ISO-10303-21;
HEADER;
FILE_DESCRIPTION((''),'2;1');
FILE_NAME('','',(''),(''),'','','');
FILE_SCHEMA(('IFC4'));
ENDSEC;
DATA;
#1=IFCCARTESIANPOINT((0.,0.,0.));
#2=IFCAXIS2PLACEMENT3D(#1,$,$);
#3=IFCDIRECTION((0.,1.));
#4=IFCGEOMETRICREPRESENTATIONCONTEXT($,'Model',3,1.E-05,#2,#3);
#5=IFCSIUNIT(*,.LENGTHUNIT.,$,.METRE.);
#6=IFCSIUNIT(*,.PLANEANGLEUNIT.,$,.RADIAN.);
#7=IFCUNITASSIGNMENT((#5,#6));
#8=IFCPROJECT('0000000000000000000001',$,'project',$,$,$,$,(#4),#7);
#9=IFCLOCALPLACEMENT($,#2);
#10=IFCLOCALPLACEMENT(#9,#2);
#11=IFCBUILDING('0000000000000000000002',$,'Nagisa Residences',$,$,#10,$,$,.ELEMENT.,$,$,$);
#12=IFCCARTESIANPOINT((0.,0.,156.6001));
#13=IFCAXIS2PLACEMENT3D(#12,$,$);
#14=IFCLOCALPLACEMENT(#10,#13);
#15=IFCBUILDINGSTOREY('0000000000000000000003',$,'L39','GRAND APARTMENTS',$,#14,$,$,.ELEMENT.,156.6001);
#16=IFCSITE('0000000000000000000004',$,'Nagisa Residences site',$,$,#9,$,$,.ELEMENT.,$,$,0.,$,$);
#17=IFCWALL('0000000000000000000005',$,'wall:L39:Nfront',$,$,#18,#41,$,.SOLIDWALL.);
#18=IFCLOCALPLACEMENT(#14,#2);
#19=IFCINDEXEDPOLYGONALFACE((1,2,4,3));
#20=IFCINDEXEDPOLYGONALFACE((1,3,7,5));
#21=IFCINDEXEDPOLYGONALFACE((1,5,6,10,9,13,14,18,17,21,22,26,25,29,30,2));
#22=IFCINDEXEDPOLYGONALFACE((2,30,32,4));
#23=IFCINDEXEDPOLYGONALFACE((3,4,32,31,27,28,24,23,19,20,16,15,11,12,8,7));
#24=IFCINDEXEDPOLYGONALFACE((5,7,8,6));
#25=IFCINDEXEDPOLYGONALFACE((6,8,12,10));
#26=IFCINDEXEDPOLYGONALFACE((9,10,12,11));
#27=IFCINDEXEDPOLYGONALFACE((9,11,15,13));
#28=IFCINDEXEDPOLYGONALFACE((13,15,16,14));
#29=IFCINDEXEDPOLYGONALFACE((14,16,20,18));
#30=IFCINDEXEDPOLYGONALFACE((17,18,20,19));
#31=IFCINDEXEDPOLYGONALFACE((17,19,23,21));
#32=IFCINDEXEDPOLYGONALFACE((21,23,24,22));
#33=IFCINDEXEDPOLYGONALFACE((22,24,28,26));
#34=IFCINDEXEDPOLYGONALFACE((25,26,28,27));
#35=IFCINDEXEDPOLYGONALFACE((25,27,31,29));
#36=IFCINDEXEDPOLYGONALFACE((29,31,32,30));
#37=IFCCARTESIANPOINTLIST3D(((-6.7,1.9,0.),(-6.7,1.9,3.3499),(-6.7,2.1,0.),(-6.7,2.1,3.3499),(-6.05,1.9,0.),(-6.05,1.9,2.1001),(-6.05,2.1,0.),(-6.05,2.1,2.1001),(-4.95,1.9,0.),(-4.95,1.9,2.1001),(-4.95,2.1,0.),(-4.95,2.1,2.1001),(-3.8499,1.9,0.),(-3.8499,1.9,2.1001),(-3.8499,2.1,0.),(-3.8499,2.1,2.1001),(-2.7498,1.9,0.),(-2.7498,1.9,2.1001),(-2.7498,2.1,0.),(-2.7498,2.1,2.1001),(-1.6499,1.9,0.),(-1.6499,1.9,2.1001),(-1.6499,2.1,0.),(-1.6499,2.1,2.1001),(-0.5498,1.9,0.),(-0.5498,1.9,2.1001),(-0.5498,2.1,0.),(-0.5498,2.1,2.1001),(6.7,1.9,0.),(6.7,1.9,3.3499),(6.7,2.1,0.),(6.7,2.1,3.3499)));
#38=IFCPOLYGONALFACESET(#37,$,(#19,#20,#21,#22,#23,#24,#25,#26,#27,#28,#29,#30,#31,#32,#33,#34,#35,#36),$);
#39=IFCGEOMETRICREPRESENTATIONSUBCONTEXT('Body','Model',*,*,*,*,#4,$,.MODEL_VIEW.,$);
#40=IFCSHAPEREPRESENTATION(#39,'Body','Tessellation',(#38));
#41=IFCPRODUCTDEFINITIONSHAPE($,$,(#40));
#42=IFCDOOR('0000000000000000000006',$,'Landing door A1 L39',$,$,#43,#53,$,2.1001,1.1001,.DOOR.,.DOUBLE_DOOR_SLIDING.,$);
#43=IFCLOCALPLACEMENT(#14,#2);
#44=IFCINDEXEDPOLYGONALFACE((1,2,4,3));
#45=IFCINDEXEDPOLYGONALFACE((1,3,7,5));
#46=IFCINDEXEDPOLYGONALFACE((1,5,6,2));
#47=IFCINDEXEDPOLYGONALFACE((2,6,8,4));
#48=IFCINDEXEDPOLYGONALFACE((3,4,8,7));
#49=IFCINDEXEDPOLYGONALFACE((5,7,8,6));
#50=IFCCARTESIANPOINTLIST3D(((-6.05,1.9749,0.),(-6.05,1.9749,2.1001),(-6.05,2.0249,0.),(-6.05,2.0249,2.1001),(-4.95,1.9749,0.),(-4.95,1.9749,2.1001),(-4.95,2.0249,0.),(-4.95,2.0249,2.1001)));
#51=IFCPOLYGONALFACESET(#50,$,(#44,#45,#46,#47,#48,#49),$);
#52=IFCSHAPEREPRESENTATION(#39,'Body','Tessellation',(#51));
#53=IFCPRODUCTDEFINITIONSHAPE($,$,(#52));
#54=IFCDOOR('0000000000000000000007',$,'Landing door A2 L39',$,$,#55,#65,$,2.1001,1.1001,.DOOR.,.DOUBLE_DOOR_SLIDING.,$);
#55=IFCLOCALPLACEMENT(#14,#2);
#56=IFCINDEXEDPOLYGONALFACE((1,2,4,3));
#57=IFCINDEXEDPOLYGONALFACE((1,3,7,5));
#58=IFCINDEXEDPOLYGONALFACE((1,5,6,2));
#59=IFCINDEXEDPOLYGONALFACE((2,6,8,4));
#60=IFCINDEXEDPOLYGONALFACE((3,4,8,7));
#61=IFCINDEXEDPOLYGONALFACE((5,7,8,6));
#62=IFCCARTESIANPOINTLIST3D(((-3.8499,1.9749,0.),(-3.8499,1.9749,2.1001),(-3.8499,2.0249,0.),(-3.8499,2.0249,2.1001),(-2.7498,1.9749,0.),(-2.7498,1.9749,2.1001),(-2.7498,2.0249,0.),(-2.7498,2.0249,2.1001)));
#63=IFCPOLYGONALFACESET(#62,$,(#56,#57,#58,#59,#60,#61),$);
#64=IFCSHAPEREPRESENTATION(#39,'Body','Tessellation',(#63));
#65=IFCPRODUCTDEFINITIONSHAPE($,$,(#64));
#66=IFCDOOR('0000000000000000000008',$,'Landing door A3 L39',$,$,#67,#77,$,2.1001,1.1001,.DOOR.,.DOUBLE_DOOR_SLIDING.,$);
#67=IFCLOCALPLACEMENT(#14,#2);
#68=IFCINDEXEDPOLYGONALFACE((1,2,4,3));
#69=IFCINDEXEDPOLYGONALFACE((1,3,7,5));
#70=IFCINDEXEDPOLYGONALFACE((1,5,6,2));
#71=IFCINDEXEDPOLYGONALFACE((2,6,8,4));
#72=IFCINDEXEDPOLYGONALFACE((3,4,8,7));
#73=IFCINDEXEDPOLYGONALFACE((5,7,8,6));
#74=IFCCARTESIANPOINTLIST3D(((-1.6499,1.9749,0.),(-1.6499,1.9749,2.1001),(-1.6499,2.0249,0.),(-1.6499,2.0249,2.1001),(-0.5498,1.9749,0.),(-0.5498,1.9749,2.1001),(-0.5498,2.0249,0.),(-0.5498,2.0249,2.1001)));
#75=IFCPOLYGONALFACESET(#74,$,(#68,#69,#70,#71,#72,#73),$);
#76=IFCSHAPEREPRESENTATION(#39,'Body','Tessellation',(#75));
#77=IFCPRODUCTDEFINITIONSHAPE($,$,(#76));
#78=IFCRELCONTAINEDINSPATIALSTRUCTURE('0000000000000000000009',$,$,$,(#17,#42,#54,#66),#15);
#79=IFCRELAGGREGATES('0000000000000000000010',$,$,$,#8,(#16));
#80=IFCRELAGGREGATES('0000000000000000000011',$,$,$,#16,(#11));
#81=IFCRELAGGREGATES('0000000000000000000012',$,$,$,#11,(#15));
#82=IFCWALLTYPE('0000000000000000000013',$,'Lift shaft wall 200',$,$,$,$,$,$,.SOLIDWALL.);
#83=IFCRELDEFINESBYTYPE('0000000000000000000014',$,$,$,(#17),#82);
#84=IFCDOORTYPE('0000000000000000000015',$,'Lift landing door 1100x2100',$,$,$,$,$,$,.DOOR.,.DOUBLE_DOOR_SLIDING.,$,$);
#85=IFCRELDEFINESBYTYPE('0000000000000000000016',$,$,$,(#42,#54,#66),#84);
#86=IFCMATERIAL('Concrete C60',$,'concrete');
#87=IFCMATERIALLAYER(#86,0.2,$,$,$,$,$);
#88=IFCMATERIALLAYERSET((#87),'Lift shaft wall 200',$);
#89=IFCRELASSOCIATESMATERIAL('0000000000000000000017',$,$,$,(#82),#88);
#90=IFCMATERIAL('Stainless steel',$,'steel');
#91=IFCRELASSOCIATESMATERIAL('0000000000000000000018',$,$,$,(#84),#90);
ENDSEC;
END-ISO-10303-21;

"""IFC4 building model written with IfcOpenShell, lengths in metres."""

from ifc_helpers import new_model, si_unit, direction, frame, frame_2d, origin, place, context, subcontext, project, spatial, rectangle, extrude, material, layer, layer_set, type_object, element, fill, save


model = new_model("IFC4")

# Units and contexts
model_context = context("Model", 3, precision=1e-05, world=origin(), true_north=direction((0.0, 1.0)))
body_context = subcontext(model_context, "Body", "Model", "MODEL_VIEW")
ifc_project = project(units=[si_unit("LENGTHUNIT", "METRE"), si_unit("PLANEANGLEUNIT", "RADIAN")], contexts=[model_context])

# Site, building, storey
site_placement = place(None, origin())
site = spatial("IfcSite", under=ifc_project, at=site_placement, Name="Nagisa Residences site", CompositionType="ELEMENT", RefElevation=0.0)
building_placement = place(site_placement, origin())
building = spatial("IfcBuilding", under=site, at=building_placement, Name="Nagisa Residences", CompositionType="ELEMENT")
storey_placement = place(building_placement, frame((0.0, 0.0, 156.6001)))
storey = spatial("IfcBuildingStorey", under=building, at=storey_placement, Name="L39", Description="GRAND APARTMENTS", CompositionType="ELEMENT", Elevation=156.6001)

# Wall, openings, doors
ifc_material_1 = material(Name="Concrete C60", Category="concrete")
ifc_layer_1 = layer(ifc_material_1, 0.2)
ifc_layer_set_1 = layer_set([ifc_layer_1], Name="Lift shaft wall 200")
wall_type_1 = type_object("IfcWallType", Name="Lift shaft wall 200", PredefinedType="SOLIDWALL", material=ifc_layer_set_1)
wall_1_placement = place(storey_placement, frame((-6.7, 2.0, 0.0), z_axis=(0.0, 0.0, 1.0), x_axis=(1.0, 0.0, 0.0)))
wall_1 = element("IfcWall", 1, at=wall_1_placement, inside=storey, type_object=wall_type_1, Name="wall:L39:Nfront", PredefinedType="SOLIDWALL", context=body_context, shape_type="SweptSolid", body=[
    extrude(rectangle(XDim=13.3999, YDim=0.2, at=frame_2d((6.7, 0.0))), origin(), (0.0, 0.0, 1.0), 3.3499),
])
opening_1_placement = place(wall_1_placement, frame((0.6499, 0.0, 0.0)))
opening_1 = element("IfcOpeningElement", 2, at=opening_1_placement, cuts=wall_1, PredefinedType="OPENING", context=body_context, shape_type="SweptSolid", body=[
    extrude(rectangle(XDim=1.1001, YDim=2.1001, at=frame_2d((0.55, 1.05))), frame((0.0, 0.1099, 0.0), z_axis=(0.0, -1.0, 0.0), x_axis=(1.0, 0.0, 0.0)), (0.0, 0.0, 1.0), 0.22),
])
opening_2_placement = place(wall_1_placement, frame((2.8501, 0.0, 0.0)))
opening_2 = element("IfcOpeningElement", 3, at=opening_2_placement, cuts=wall_1, PredefinedType="OPENING", context=body_context, shape_type="SweptSolid", body=[
    extrude(rectangle(XDim=1.1001, YDim=2.1001, at=frame_2d((0.55, 1.05))), frame((0.0, 0.1099, 0.0), z_axis=(0.0, -1.0, 0.0), x_axis=(1.0, 0.0, 0.0)), (0.0, 0.0, 1.0), 0.22),
])
opening_3_placement = place(wall_1_placement, frame((5.05, 0.0, 0.0)))
opening_3 = element("IfcOpeningElement", 4, at=opening_3_placement, cuts=wall_1, PredefinedType="OPENING", context=body_context, shape_type="SweptSolid", body=[
    extrude(rectangle(XDim=1.1001, YDim=2.1001, at=frame_2d((0.55, 1.05))), frame((0.0, 0.1099, 0.0), z_axis=(0.0, -1.0, 0.0), x_axis=(1.0, 0.0, 0.0)), (0.0, 0.0, 1.0), 0.22),
])
ifc_material_2 = material(Name="Stainless steel", Category="steel")
door_type_1 = type_object("IfcDoorType", Name="Lift landing door 1100x2100", OperationType="DOUBLE_DOOR_SLIDING", PredefinedType="DOOR", material=ifc_material_2)
door_1_placement = place(opening_1_placement, origin())
door_1 = element("IfcDoor", 5, at=door_1_placement, inside=storey, type_object=door_type_1, Name="Landing door A1 L39", OperationType="DOUBLE_DOOR_SLIDING", OverallHeight=2.1001, OverallWidth=1.1001, PredefinedType="DOOR", context=body_context, shape_type="SweptSolid", body=[
    extrude(rectangle(XDim=1.1001, YDim=2.1001, at=frame_2d((0.55, 1.05))), frame((0.0, 0.0249, 0.0), z_axis=(0.0, -1.0, 0.0), x_axis=(1.0, 0.0, 0.0)), (0.0, 0.0, 1.0), 0.05),
])
fill(opening_1, door_1)
door_2_placement = place(opening_2_placement, origin())
door_2 = element("IfcDoor", 6, at=door_2_placement, inside=storey, type_object=door_type_1, Name="Landing door A2 L39", OperationType="DOUBLE_DOOR_SLIDING", OverallHeight=2.1001, OverallWidth=1.1001, PredefinedType="DOOR", context=body_context, shape_type="SweptSolid", body=[
    extrude(rectangle(XDim=1.1001, YDim=2.1001, at=frame_2d((0.55, 1.05))), frame((0.0, 0.0249, 0.0), z_axis=(0.0, -1.0, 0.0), x_axis=(1.0, 0.0, 0.0)), (0.0, 0.0, 1.0), 0.05),
])
fill(opening_2, door_2)
door_3_placement = place(opening_3_placement, origin())
door_3 = element("IfcDoor", 7, at=door_3_placement, inside=storey, type_object=door_type_1, Name="Landing door A3 L39", OperationType="DOUBLE_DOOR_SLIDING", OverallHeight=2.1001, OverallWidth=1.1001, PredefinedType="DOOR", context=body_context, shape_type="SweptSolid", body=[
    extrude(rectangle(XDim=1.1001, YDim=2.1001, at=frame_2d((0.55, 1.05))), frame((0.0, 0.0249, 0.0), z_axis=(0.0, -1.0, 0.0), x_axis=(1.0, 0.0, 0.0)), (0.0, 0.0, 1.0), 0.05),
])
fill(opening_3, door_3)

save(model, "model.ifc")
